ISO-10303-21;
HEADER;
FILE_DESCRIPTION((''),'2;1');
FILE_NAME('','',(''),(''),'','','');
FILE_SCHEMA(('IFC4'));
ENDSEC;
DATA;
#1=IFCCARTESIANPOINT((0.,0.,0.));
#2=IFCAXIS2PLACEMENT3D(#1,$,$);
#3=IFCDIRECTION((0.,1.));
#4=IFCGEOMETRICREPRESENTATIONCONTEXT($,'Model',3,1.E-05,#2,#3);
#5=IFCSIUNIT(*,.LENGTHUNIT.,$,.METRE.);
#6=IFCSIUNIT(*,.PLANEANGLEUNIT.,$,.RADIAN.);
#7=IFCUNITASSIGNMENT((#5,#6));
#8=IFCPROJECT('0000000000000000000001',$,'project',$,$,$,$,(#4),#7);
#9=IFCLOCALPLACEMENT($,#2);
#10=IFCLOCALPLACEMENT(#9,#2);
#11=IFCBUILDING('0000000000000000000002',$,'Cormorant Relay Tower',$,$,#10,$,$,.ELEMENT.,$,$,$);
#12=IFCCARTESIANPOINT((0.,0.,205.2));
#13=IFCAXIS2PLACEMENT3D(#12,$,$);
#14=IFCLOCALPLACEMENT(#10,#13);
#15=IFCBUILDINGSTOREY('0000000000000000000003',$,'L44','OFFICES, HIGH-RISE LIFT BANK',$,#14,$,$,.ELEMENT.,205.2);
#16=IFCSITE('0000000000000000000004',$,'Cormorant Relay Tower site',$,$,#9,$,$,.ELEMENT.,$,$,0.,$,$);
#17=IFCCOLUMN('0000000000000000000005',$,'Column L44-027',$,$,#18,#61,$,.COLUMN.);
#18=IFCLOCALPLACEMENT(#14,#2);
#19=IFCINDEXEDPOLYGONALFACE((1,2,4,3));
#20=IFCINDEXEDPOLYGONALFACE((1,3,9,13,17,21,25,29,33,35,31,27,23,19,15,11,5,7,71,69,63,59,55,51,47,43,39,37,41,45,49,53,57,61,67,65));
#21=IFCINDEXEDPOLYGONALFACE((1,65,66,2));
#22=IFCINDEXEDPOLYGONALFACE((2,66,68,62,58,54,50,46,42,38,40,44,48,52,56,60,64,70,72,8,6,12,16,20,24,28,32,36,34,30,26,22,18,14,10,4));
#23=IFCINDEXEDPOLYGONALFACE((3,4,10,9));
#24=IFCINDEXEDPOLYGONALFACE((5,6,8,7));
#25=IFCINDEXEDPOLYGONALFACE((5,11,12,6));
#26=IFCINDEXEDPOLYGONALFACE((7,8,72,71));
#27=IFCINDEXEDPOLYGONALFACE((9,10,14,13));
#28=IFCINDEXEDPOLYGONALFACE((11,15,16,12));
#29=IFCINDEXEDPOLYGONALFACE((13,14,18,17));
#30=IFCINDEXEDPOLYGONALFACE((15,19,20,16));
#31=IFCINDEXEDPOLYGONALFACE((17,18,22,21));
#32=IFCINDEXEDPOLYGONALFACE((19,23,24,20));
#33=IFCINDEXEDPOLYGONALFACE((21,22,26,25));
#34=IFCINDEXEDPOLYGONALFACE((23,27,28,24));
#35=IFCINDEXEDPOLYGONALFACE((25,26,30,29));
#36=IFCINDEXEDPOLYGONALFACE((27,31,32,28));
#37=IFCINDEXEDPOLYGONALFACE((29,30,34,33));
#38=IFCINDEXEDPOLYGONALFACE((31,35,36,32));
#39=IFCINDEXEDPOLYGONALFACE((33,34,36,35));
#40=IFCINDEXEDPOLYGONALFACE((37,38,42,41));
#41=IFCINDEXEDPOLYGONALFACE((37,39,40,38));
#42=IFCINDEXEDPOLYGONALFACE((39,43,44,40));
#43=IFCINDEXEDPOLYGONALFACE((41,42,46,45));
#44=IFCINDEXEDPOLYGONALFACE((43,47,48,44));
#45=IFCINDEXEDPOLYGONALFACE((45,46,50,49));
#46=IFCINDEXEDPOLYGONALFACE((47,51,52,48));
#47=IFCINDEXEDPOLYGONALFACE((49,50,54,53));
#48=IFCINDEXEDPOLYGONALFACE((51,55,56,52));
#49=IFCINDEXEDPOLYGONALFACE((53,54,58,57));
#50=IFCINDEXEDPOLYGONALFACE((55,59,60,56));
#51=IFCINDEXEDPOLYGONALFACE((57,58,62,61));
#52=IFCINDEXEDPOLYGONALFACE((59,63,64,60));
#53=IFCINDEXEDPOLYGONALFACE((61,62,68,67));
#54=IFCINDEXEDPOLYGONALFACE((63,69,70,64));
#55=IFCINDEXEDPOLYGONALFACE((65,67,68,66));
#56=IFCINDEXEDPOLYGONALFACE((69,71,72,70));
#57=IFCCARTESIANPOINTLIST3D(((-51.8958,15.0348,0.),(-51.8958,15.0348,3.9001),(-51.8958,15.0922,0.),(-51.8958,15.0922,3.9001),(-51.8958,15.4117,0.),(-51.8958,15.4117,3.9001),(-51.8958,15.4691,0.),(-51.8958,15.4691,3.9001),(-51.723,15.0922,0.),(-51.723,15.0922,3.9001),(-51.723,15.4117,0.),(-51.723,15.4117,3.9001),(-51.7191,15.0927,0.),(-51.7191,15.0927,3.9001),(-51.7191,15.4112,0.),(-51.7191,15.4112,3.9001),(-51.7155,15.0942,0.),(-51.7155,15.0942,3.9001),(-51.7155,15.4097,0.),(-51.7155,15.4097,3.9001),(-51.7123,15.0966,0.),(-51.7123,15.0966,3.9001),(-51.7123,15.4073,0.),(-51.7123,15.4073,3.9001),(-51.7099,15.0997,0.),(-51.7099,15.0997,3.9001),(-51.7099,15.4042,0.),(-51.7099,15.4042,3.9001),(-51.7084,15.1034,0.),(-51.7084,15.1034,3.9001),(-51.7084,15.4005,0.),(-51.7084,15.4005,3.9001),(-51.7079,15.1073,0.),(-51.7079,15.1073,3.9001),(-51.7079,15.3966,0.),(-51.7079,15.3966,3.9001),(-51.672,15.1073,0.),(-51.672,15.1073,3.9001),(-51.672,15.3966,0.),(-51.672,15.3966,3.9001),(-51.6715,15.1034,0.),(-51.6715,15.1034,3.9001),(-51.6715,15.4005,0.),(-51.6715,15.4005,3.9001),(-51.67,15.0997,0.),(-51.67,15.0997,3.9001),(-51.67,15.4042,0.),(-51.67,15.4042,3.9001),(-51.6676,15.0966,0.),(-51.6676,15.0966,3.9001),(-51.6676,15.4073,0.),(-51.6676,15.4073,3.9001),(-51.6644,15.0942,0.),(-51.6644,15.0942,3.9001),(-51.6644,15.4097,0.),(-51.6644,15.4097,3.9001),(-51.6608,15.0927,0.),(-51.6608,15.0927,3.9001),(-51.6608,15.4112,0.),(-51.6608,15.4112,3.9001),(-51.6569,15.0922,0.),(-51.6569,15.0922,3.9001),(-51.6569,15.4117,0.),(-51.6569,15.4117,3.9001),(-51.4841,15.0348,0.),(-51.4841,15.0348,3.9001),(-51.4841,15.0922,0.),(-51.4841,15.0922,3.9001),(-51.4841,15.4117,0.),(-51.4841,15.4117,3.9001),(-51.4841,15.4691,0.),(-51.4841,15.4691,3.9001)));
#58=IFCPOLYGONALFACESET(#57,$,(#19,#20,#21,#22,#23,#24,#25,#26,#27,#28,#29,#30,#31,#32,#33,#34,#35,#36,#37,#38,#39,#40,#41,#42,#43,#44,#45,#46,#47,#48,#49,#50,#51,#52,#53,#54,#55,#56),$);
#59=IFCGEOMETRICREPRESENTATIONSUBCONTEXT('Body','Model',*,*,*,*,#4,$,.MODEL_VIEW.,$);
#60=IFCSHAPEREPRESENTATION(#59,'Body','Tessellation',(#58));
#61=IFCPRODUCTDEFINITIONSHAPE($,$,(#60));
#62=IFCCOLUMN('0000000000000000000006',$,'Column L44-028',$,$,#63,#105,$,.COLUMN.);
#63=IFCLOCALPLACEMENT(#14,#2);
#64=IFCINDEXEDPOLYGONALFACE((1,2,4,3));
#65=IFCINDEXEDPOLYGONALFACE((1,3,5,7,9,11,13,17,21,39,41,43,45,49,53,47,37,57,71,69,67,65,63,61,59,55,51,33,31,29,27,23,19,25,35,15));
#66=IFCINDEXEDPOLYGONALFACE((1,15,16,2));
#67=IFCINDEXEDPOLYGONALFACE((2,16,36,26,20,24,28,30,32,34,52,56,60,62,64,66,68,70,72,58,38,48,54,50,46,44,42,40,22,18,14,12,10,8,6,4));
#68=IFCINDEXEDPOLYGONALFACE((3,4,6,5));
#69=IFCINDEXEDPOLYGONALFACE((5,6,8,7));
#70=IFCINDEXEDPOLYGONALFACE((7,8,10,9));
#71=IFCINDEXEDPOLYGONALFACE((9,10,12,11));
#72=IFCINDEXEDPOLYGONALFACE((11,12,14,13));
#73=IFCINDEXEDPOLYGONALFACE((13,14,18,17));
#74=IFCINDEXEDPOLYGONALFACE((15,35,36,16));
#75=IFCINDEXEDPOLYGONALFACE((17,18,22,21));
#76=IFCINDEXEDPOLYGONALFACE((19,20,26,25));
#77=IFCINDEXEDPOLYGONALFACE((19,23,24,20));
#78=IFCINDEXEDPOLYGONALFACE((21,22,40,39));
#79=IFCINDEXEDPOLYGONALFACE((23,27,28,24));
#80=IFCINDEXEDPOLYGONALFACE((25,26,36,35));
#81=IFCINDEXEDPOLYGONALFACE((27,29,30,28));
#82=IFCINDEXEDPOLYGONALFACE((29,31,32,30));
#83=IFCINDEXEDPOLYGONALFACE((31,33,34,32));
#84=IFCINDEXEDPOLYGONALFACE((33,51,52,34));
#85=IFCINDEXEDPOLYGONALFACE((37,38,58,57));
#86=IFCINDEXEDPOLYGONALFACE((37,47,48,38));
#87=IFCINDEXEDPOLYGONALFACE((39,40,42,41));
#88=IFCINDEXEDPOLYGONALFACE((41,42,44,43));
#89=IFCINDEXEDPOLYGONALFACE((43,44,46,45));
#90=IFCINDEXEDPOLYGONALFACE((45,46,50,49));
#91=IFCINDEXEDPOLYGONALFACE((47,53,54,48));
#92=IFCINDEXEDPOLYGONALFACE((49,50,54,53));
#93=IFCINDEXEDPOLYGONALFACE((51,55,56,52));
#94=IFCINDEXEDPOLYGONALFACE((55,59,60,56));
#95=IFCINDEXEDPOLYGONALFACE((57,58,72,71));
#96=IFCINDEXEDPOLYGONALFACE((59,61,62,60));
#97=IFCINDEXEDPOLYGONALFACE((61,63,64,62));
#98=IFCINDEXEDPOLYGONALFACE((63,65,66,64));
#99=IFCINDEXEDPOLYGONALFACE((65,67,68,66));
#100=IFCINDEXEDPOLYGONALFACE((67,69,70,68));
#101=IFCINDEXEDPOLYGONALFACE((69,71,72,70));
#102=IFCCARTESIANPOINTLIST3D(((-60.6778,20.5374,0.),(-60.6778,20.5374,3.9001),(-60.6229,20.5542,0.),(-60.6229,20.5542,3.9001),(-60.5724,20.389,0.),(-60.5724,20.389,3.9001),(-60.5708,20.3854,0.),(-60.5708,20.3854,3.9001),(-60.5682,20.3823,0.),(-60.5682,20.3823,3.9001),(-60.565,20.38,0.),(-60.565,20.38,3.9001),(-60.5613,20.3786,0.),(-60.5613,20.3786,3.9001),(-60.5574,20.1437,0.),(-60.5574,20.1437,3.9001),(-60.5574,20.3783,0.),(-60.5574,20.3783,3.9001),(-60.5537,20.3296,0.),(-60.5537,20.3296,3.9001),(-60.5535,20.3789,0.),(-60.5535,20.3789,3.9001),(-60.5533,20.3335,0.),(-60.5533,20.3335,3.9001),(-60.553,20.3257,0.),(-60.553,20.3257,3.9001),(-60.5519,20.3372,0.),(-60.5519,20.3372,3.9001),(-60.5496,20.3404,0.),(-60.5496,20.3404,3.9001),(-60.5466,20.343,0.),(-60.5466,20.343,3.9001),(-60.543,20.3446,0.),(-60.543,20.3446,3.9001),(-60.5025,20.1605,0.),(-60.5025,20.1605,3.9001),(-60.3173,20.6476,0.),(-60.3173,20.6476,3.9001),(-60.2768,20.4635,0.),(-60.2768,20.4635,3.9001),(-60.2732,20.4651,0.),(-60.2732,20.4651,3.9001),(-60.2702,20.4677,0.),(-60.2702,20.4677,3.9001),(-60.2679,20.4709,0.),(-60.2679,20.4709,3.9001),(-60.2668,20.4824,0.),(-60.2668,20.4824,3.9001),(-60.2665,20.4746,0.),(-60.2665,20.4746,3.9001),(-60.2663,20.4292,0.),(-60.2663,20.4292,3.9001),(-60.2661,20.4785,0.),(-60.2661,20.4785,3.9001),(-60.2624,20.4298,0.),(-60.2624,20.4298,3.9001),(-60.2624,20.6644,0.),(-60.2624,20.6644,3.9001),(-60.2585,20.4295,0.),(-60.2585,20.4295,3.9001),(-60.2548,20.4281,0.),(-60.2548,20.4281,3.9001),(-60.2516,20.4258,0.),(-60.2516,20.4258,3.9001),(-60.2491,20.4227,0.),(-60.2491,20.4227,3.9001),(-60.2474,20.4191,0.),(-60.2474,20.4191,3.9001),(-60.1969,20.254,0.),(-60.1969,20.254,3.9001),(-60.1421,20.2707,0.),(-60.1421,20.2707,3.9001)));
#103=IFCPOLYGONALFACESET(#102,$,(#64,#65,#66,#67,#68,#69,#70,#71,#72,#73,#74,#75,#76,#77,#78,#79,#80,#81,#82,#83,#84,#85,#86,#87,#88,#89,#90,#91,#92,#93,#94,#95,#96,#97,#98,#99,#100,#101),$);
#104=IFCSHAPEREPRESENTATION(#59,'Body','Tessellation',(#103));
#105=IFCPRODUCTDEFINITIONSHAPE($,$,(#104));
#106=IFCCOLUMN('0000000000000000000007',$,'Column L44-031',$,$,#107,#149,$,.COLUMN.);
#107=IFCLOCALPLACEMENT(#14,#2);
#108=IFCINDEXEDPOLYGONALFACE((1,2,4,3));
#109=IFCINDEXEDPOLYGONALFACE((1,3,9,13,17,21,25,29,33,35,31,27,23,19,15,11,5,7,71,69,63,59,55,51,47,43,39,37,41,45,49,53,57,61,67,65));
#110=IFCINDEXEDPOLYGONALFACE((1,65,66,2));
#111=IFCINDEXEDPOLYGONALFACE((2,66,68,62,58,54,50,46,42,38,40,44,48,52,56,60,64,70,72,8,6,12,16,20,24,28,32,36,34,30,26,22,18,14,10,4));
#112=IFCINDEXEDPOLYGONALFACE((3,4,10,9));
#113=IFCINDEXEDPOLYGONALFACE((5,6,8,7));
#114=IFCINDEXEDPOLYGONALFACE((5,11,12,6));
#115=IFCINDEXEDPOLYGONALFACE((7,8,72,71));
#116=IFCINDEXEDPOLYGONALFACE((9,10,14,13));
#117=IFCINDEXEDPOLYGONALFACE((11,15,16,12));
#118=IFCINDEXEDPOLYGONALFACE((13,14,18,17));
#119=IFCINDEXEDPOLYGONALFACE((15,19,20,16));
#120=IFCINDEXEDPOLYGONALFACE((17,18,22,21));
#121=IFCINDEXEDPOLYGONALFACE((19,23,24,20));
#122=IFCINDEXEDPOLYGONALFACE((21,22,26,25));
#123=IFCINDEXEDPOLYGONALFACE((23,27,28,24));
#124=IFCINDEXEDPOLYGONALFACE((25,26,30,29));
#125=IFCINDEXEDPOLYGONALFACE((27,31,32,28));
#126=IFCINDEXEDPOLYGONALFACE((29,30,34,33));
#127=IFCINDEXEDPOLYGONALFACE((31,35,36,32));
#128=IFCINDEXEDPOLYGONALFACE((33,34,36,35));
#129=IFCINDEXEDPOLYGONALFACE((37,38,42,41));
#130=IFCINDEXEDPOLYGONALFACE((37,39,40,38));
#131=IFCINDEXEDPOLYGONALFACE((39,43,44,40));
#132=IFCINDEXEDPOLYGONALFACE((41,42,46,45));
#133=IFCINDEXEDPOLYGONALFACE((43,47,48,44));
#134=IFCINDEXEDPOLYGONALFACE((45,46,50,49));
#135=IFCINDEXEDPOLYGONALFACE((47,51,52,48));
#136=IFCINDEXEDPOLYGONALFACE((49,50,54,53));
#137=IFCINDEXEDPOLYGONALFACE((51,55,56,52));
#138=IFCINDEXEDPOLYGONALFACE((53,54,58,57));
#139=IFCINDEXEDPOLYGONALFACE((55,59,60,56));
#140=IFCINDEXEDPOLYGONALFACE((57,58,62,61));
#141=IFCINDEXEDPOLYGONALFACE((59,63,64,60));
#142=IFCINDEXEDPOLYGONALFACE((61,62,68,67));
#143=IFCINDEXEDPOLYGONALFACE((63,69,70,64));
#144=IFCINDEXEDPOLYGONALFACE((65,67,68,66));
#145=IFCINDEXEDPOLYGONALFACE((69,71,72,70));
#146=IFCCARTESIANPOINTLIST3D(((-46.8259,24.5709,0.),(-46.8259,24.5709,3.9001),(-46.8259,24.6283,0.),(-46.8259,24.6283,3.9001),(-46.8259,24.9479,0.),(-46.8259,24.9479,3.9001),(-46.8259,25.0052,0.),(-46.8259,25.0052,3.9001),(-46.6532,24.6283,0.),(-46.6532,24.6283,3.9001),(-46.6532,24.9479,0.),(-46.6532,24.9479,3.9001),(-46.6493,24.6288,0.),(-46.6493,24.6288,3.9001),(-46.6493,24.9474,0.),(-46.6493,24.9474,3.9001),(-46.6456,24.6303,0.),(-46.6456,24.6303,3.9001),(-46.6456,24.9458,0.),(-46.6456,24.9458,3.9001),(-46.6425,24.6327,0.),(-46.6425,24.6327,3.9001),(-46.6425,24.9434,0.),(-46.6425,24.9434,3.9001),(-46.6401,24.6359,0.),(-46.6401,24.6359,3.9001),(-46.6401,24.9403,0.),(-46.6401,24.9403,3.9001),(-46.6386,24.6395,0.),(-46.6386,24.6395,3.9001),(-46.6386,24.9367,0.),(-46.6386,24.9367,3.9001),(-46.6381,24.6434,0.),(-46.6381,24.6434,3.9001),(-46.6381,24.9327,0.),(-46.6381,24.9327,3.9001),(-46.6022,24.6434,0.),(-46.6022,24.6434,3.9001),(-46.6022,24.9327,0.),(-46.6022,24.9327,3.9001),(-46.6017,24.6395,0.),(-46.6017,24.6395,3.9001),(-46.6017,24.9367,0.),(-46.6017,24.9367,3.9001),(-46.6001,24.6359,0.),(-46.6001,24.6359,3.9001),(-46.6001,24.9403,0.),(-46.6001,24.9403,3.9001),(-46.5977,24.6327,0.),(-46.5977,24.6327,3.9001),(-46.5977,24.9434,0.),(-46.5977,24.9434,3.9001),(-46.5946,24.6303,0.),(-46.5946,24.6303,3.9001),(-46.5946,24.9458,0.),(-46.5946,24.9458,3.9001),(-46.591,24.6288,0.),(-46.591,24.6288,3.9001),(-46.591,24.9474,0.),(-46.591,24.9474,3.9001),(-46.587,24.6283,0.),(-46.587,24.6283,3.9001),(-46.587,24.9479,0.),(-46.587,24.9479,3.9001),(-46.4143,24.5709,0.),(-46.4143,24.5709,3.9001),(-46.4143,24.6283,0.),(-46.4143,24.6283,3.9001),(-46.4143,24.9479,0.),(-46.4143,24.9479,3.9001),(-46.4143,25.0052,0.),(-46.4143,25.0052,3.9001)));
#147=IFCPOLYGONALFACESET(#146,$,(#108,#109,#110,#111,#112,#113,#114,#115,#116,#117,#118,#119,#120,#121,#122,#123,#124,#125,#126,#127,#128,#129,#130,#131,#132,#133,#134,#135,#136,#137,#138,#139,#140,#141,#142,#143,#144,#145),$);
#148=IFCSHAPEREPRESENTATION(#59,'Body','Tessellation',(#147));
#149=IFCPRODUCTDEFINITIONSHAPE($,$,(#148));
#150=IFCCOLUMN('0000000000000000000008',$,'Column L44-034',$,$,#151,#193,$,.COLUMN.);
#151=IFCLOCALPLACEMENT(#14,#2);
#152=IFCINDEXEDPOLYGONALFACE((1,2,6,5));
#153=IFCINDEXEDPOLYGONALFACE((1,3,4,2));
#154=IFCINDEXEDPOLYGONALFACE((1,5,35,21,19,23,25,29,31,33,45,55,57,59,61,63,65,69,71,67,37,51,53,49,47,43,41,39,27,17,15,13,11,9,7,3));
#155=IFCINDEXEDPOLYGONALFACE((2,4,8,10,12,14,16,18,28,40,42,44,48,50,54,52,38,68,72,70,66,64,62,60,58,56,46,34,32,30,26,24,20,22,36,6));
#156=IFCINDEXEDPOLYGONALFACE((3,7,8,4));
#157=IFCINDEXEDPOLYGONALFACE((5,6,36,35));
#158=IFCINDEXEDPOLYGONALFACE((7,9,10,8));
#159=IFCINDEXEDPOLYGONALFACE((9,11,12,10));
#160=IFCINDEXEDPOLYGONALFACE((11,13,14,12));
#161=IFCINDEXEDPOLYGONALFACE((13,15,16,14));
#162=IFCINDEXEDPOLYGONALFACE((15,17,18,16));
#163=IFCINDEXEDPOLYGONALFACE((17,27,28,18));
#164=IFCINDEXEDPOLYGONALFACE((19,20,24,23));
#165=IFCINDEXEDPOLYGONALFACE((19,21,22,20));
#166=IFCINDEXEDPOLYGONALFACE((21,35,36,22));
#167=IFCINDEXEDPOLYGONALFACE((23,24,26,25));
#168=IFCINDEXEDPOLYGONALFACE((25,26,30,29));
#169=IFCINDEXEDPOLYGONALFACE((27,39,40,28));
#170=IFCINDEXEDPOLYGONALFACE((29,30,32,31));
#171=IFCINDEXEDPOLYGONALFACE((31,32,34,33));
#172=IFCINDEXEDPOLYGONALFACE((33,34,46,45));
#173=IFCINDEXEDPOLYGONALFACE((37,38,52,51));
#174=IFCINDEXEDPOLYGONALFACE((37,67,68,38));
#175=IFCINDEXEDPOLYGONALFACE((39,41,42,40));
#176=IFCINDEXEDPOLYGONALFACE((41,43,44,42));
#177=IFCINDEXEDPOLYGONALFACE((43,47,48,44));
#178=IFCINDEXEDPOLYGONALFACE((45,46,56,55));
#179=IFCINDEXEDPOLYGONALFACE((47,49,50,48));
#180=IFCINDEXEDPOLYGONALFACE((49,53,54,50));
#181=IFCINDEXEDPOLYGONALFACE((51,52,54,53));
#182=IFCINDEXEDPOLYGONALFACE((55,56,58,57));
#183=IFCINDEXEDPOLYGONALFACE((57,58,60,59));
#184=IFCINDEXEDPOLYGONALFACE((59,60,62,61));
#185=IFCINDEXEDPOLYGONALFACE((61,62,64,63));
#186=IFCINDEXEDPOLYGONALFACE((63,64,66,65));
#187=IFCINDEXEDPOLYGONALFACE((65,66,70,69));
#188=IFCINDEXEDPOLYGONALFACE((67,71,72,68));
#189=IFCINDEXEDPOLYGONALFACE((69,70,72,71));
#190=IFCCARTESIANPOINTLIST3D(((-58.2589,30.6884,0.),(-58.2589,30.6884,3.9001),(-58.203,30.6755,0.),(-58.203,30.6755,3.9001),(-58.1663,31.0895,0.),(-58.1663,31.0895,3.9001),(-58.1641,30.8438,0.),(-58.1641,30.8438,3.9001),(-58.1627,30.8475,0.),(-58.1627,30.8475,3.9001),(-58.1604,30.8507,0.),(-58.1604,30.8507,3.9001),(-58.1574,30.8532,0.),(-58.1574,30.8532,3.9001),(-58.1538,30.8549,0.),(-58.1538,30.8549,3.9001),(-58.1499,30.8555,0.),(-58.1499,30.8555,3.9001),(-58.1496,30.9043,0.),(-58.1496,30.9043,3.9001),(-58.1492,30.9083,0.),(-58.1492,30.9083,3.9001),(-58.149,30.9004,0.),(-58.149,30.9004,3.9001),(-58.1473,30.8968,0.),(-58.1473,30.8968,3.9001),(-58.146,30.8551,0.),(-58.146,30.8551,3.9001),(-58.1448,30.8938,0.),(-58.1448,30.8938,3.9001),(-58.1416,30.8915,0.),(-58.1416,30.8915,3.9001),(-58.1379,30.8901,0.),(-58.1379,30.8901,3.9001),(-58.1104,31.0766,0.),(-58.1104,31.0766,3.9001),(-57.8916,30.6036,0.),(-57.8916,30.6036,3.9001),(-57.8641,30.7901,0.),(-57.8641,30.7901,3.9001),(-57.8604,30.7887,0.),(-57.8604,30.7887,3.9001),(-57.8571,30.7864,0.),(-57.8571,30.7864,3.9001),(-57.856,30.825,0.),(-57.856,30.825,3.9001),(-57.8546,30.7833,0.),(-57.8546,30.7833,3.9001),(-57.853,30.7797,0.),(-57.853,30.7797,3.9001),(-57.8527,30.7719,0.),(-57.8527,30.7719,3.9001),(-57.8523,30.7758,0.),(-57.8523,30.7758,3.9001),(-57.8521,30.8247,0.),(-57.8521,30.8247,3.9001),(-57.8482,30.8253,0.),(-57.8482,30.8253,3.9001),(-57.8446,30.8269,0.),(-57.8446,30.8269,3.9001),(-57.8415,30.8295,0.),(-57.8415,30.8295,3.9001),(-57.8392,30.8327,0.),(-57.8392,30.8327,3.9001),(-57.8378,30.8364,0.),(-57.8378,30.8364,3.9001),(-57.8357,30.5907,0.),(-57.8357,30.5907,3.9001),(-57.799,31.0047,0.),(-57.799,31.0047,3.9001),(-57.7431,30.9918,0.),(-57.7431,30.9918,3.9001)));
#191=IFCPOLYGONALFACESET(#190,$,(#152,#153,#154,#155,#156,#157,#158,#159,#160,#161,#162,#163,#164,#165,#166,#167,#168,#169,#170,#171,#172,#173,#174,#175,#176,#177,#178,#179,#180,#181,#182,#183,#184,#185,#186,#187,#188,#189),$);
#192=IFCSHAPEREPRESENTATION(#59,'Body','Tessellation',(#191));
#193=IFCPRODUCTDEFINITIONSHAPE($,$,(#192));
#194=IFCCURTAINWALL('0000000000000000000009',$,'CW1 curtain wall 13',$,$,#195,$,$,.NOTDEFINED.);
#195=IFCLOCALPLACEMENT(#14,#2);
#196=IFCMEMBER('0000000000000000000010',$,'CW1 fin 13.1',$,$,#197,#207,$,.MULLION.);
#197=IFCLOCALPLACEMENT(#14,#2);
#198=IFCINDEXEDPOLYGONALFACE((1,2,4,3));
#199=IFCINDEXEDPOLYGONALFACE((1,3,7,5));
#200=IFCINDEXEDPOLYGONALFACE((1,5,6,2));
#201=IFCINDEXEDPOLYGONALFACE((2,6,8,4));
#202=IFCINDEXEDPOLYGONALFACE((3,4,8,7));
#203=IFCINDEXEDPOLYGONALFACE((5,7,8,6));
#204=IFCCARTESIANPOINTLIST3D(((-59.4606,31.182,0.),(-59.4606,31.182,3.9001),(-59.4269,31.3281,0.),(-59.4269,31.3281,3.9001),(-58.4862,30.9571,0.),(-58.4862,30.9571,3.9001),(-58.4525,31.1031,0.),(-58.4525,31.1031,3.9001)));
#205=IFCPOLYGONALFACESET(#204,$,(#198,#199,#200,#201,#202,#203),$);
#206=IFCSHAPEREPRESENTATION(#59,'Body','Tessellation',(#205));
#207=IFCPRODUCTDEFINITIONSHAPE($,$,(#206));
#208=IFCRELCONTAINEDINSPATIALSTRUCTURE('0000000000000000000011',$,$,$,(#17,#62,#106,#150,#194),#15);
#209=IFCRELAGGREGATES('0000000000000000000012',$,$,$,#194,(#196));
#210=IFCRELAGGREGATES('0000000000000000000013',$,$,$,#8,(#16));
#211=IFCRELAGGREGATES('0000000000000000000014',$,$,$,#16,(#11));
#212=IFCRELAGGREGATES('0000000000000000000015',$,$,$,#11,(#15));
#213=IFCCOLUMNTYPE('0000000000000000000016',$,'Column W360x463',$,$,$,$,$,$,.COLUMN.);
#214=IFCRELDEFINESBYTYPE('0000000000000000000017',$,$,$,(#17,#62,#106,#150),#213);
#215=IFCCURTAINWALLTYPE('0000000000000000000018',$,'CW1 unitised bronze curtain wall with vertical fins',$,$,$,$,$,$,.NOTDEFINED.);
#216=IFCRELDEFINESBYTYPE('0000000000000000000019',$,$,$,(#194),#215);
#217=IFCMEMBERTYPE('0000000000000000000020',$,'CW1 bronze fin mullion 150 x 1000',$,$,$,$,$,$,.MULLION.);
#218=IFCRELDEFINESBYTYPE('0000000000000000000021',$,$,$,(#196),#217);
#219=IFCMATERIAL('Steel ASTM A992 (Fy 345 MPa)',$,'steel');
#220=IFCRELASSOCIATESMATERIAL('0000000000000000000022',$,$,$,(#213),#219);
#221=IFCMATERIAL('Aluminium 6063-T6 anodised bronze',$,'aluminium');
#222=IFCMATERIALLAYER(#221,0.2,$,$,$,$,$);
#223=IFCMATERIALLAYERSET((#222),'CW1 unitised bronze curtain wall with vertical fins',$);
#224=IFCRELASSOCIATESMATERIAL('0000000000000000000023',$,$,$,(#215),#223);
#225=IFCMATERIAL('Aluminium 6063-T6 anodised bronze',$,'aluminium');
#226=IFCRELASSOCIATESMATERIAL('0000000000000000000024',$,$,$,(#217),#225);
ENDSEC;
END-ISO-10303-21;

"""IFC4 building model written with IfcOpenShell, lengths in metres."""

from ifc_helpers import new_model, si_unit, direction, frame, origin, origin_2d, place, context, subcontext, project, spatial, rectangle, i_section, extrude, material, layer, layer_set, material_profile, profile_set, type_object, element, aggregate, save


model = new_model("IFC4")

# Units and contexts
model_context = context("Model", 3, precision=1e-05, world=origin(), true_north=direction((0.0, 1.0)))
body_context = subcontext(model_context, "Body", "Model", "MODEL_VIEW")
ifc_project = project(units=[si_unit("LENGTHUNIT", "METRE"), si_unit("PLANEANGLEUNIT", "RADIAN")], contexts=[model_context])

# Site, building, storey
site_placement = place(None, origin())
site = spatial("IfcSite", under=ifc_project, at=site_placement, Name="Cormorant Relay Tower site", CompositionType="ELEMENT", RefElevation=0.0)
building_placement = place(site_placement, origin())
building = spatial("IfcBuilding", under=site, at=building_placement, Name="Cormorant Relay Tower", CompositionType="ELEMENT")
storey_placement = place(building_placement, frame((0.0, 0.0, 205.2)))
storey = spatial("IfcBuildingStorey", under=building, at=storey_placement, Name="L44", Description="OFFICES, HIGH-RISE LIFT BANK", CompositionType="ELEMENT", Elevation=205.2)

# Columns
ifc_material_1 = material(Name="Steel ASTM A992 (Fy 345 MPa)", Category="steel")
ifc_material_profile_1 = material_profile(ifc_material_1, i_section(OverallWidth=0.4116, OverallDepth=0.4343, WebThickness=0.0359, FlangeThickness=0.0574, FilletRadius=0.0151, at=origin_2d()), Name="W360x463")
ifc_profile_set_1 = profile_set([ifc_material_profile_1], Name="Steel ASTM A992 (Fy 345 MPa)")
column_type = type_object("IfcColumnType", Name="Column W360x463", PredefinedType="COLUMN", material=ifc_profile_set_1)
for number, where, z_axis, x_axis, name in (
    (1, (-51.6899, 15.252, 0.0), (0.0, 0.0, 1.0), (1.0, 0.0, 0.0), "Column L44-027"),
    (2, (-60.4099, 20.4041, 0.0), (0.0, 0.0, 1.0), (0.292372, -0.956305, 0.0), "Column L44-028"),
    (3, (-46.6201, 24.7881, 0.0), (0.0, 0.0, 1.0), (1.0, 0.0, 0.0), "Column L44-031"),
    (4, (-58.001, 30.8401, 0.0), (0.0, 0.0, 1.0), (-0.224951, -0.97437, 0.0), "Column L44-034"),
):
    element("IfcColumn", number, at=place(storey_placement, frame(where, z_axis=z_axis, x_axis=x_axis)), inside=storey, type_object=column_type, Name=name, PredefinedType="COLUMN", context=body_context, shape_type="SweptSolid", body=[
        extrude(i_section(OverallWidth=0.4116, OverallDepth=0.4343, WebThickness=0.0359, FlangeThickness=0.0574, FilletRadius=0.0151, at=origin_2d()), origin(), (0.0, 0.0, 1.0), 3.9001),
    ])

# Curtain wall, member
ifc_material_2 = material(Name="Aluminium 6063-T6 anodised bronze", Category="aluminium")
ifc_layer_1 = layer(ifc_material_2, 0.2)
ifc_layer_set_1 = layer_set([ifc_layer_1], Name="CW1 unitised bronze curtain wall with vertical fins")
curtain_wall_type = type_object("IfcCurtainWallType", Name="CW1 unitised bronze curtain wall with vertical fins", PredefinedType="NOTDEFINED", material=ifc_layer_set_1)
curtain_wall_1_placement = place(storey_placement, origin())
curtain_wall_1 = element("IfcCurtainWall", 5, at=curtain_wall_1_placement, inside=storey, type_object=curtain_wall_type, Name="CW1 curtain wall 13", PredefinedType="NOTDEFINED")
ifc_material_3 = material(Name="Aluminium 6063-T6 anodised bronze", Category="aluminium")
ifc_material_profile_2 = material_profile(ifc_material_3, rectangle(XDim=0.1499, YDim=1.0, at=origin_2d()), Name="AL 150x1000")
ifc_profile_set_2 = profile_set([ifc_material_profile_2], Name="Aluminium 6063-T6 anodised bronze")
member_type_1 = type_object("IfcMemberType", Name="CW1 bronze fin mullion 150 x 1000", PredefinedType="MULLION", material=ifc_profile_set_2)
member_1_placement = place(storey_placement, frame((-58.9565, 31.1426, 0.0), z_axis=(0.0, 0.0, 1.0), x_axis=(-0.224951, -0.97437, 0.0)))
member_1 = element("IfcMember", 6, at=member_1_placement, type_object=member_type_1, Name="CW1 fin 13.1", PredefinedType="MULLION", context=body_context, shape_type="SweptSolid", body=[
    extrude(rectangle(XDim=0.1499, YDim=1.0, at=origin_2d()), origin(), (0.0, 0.0, 1.0), 3.9001),
])

aggregate(curtain_wall_1, [member_1])

save(model, "model.ifc")
